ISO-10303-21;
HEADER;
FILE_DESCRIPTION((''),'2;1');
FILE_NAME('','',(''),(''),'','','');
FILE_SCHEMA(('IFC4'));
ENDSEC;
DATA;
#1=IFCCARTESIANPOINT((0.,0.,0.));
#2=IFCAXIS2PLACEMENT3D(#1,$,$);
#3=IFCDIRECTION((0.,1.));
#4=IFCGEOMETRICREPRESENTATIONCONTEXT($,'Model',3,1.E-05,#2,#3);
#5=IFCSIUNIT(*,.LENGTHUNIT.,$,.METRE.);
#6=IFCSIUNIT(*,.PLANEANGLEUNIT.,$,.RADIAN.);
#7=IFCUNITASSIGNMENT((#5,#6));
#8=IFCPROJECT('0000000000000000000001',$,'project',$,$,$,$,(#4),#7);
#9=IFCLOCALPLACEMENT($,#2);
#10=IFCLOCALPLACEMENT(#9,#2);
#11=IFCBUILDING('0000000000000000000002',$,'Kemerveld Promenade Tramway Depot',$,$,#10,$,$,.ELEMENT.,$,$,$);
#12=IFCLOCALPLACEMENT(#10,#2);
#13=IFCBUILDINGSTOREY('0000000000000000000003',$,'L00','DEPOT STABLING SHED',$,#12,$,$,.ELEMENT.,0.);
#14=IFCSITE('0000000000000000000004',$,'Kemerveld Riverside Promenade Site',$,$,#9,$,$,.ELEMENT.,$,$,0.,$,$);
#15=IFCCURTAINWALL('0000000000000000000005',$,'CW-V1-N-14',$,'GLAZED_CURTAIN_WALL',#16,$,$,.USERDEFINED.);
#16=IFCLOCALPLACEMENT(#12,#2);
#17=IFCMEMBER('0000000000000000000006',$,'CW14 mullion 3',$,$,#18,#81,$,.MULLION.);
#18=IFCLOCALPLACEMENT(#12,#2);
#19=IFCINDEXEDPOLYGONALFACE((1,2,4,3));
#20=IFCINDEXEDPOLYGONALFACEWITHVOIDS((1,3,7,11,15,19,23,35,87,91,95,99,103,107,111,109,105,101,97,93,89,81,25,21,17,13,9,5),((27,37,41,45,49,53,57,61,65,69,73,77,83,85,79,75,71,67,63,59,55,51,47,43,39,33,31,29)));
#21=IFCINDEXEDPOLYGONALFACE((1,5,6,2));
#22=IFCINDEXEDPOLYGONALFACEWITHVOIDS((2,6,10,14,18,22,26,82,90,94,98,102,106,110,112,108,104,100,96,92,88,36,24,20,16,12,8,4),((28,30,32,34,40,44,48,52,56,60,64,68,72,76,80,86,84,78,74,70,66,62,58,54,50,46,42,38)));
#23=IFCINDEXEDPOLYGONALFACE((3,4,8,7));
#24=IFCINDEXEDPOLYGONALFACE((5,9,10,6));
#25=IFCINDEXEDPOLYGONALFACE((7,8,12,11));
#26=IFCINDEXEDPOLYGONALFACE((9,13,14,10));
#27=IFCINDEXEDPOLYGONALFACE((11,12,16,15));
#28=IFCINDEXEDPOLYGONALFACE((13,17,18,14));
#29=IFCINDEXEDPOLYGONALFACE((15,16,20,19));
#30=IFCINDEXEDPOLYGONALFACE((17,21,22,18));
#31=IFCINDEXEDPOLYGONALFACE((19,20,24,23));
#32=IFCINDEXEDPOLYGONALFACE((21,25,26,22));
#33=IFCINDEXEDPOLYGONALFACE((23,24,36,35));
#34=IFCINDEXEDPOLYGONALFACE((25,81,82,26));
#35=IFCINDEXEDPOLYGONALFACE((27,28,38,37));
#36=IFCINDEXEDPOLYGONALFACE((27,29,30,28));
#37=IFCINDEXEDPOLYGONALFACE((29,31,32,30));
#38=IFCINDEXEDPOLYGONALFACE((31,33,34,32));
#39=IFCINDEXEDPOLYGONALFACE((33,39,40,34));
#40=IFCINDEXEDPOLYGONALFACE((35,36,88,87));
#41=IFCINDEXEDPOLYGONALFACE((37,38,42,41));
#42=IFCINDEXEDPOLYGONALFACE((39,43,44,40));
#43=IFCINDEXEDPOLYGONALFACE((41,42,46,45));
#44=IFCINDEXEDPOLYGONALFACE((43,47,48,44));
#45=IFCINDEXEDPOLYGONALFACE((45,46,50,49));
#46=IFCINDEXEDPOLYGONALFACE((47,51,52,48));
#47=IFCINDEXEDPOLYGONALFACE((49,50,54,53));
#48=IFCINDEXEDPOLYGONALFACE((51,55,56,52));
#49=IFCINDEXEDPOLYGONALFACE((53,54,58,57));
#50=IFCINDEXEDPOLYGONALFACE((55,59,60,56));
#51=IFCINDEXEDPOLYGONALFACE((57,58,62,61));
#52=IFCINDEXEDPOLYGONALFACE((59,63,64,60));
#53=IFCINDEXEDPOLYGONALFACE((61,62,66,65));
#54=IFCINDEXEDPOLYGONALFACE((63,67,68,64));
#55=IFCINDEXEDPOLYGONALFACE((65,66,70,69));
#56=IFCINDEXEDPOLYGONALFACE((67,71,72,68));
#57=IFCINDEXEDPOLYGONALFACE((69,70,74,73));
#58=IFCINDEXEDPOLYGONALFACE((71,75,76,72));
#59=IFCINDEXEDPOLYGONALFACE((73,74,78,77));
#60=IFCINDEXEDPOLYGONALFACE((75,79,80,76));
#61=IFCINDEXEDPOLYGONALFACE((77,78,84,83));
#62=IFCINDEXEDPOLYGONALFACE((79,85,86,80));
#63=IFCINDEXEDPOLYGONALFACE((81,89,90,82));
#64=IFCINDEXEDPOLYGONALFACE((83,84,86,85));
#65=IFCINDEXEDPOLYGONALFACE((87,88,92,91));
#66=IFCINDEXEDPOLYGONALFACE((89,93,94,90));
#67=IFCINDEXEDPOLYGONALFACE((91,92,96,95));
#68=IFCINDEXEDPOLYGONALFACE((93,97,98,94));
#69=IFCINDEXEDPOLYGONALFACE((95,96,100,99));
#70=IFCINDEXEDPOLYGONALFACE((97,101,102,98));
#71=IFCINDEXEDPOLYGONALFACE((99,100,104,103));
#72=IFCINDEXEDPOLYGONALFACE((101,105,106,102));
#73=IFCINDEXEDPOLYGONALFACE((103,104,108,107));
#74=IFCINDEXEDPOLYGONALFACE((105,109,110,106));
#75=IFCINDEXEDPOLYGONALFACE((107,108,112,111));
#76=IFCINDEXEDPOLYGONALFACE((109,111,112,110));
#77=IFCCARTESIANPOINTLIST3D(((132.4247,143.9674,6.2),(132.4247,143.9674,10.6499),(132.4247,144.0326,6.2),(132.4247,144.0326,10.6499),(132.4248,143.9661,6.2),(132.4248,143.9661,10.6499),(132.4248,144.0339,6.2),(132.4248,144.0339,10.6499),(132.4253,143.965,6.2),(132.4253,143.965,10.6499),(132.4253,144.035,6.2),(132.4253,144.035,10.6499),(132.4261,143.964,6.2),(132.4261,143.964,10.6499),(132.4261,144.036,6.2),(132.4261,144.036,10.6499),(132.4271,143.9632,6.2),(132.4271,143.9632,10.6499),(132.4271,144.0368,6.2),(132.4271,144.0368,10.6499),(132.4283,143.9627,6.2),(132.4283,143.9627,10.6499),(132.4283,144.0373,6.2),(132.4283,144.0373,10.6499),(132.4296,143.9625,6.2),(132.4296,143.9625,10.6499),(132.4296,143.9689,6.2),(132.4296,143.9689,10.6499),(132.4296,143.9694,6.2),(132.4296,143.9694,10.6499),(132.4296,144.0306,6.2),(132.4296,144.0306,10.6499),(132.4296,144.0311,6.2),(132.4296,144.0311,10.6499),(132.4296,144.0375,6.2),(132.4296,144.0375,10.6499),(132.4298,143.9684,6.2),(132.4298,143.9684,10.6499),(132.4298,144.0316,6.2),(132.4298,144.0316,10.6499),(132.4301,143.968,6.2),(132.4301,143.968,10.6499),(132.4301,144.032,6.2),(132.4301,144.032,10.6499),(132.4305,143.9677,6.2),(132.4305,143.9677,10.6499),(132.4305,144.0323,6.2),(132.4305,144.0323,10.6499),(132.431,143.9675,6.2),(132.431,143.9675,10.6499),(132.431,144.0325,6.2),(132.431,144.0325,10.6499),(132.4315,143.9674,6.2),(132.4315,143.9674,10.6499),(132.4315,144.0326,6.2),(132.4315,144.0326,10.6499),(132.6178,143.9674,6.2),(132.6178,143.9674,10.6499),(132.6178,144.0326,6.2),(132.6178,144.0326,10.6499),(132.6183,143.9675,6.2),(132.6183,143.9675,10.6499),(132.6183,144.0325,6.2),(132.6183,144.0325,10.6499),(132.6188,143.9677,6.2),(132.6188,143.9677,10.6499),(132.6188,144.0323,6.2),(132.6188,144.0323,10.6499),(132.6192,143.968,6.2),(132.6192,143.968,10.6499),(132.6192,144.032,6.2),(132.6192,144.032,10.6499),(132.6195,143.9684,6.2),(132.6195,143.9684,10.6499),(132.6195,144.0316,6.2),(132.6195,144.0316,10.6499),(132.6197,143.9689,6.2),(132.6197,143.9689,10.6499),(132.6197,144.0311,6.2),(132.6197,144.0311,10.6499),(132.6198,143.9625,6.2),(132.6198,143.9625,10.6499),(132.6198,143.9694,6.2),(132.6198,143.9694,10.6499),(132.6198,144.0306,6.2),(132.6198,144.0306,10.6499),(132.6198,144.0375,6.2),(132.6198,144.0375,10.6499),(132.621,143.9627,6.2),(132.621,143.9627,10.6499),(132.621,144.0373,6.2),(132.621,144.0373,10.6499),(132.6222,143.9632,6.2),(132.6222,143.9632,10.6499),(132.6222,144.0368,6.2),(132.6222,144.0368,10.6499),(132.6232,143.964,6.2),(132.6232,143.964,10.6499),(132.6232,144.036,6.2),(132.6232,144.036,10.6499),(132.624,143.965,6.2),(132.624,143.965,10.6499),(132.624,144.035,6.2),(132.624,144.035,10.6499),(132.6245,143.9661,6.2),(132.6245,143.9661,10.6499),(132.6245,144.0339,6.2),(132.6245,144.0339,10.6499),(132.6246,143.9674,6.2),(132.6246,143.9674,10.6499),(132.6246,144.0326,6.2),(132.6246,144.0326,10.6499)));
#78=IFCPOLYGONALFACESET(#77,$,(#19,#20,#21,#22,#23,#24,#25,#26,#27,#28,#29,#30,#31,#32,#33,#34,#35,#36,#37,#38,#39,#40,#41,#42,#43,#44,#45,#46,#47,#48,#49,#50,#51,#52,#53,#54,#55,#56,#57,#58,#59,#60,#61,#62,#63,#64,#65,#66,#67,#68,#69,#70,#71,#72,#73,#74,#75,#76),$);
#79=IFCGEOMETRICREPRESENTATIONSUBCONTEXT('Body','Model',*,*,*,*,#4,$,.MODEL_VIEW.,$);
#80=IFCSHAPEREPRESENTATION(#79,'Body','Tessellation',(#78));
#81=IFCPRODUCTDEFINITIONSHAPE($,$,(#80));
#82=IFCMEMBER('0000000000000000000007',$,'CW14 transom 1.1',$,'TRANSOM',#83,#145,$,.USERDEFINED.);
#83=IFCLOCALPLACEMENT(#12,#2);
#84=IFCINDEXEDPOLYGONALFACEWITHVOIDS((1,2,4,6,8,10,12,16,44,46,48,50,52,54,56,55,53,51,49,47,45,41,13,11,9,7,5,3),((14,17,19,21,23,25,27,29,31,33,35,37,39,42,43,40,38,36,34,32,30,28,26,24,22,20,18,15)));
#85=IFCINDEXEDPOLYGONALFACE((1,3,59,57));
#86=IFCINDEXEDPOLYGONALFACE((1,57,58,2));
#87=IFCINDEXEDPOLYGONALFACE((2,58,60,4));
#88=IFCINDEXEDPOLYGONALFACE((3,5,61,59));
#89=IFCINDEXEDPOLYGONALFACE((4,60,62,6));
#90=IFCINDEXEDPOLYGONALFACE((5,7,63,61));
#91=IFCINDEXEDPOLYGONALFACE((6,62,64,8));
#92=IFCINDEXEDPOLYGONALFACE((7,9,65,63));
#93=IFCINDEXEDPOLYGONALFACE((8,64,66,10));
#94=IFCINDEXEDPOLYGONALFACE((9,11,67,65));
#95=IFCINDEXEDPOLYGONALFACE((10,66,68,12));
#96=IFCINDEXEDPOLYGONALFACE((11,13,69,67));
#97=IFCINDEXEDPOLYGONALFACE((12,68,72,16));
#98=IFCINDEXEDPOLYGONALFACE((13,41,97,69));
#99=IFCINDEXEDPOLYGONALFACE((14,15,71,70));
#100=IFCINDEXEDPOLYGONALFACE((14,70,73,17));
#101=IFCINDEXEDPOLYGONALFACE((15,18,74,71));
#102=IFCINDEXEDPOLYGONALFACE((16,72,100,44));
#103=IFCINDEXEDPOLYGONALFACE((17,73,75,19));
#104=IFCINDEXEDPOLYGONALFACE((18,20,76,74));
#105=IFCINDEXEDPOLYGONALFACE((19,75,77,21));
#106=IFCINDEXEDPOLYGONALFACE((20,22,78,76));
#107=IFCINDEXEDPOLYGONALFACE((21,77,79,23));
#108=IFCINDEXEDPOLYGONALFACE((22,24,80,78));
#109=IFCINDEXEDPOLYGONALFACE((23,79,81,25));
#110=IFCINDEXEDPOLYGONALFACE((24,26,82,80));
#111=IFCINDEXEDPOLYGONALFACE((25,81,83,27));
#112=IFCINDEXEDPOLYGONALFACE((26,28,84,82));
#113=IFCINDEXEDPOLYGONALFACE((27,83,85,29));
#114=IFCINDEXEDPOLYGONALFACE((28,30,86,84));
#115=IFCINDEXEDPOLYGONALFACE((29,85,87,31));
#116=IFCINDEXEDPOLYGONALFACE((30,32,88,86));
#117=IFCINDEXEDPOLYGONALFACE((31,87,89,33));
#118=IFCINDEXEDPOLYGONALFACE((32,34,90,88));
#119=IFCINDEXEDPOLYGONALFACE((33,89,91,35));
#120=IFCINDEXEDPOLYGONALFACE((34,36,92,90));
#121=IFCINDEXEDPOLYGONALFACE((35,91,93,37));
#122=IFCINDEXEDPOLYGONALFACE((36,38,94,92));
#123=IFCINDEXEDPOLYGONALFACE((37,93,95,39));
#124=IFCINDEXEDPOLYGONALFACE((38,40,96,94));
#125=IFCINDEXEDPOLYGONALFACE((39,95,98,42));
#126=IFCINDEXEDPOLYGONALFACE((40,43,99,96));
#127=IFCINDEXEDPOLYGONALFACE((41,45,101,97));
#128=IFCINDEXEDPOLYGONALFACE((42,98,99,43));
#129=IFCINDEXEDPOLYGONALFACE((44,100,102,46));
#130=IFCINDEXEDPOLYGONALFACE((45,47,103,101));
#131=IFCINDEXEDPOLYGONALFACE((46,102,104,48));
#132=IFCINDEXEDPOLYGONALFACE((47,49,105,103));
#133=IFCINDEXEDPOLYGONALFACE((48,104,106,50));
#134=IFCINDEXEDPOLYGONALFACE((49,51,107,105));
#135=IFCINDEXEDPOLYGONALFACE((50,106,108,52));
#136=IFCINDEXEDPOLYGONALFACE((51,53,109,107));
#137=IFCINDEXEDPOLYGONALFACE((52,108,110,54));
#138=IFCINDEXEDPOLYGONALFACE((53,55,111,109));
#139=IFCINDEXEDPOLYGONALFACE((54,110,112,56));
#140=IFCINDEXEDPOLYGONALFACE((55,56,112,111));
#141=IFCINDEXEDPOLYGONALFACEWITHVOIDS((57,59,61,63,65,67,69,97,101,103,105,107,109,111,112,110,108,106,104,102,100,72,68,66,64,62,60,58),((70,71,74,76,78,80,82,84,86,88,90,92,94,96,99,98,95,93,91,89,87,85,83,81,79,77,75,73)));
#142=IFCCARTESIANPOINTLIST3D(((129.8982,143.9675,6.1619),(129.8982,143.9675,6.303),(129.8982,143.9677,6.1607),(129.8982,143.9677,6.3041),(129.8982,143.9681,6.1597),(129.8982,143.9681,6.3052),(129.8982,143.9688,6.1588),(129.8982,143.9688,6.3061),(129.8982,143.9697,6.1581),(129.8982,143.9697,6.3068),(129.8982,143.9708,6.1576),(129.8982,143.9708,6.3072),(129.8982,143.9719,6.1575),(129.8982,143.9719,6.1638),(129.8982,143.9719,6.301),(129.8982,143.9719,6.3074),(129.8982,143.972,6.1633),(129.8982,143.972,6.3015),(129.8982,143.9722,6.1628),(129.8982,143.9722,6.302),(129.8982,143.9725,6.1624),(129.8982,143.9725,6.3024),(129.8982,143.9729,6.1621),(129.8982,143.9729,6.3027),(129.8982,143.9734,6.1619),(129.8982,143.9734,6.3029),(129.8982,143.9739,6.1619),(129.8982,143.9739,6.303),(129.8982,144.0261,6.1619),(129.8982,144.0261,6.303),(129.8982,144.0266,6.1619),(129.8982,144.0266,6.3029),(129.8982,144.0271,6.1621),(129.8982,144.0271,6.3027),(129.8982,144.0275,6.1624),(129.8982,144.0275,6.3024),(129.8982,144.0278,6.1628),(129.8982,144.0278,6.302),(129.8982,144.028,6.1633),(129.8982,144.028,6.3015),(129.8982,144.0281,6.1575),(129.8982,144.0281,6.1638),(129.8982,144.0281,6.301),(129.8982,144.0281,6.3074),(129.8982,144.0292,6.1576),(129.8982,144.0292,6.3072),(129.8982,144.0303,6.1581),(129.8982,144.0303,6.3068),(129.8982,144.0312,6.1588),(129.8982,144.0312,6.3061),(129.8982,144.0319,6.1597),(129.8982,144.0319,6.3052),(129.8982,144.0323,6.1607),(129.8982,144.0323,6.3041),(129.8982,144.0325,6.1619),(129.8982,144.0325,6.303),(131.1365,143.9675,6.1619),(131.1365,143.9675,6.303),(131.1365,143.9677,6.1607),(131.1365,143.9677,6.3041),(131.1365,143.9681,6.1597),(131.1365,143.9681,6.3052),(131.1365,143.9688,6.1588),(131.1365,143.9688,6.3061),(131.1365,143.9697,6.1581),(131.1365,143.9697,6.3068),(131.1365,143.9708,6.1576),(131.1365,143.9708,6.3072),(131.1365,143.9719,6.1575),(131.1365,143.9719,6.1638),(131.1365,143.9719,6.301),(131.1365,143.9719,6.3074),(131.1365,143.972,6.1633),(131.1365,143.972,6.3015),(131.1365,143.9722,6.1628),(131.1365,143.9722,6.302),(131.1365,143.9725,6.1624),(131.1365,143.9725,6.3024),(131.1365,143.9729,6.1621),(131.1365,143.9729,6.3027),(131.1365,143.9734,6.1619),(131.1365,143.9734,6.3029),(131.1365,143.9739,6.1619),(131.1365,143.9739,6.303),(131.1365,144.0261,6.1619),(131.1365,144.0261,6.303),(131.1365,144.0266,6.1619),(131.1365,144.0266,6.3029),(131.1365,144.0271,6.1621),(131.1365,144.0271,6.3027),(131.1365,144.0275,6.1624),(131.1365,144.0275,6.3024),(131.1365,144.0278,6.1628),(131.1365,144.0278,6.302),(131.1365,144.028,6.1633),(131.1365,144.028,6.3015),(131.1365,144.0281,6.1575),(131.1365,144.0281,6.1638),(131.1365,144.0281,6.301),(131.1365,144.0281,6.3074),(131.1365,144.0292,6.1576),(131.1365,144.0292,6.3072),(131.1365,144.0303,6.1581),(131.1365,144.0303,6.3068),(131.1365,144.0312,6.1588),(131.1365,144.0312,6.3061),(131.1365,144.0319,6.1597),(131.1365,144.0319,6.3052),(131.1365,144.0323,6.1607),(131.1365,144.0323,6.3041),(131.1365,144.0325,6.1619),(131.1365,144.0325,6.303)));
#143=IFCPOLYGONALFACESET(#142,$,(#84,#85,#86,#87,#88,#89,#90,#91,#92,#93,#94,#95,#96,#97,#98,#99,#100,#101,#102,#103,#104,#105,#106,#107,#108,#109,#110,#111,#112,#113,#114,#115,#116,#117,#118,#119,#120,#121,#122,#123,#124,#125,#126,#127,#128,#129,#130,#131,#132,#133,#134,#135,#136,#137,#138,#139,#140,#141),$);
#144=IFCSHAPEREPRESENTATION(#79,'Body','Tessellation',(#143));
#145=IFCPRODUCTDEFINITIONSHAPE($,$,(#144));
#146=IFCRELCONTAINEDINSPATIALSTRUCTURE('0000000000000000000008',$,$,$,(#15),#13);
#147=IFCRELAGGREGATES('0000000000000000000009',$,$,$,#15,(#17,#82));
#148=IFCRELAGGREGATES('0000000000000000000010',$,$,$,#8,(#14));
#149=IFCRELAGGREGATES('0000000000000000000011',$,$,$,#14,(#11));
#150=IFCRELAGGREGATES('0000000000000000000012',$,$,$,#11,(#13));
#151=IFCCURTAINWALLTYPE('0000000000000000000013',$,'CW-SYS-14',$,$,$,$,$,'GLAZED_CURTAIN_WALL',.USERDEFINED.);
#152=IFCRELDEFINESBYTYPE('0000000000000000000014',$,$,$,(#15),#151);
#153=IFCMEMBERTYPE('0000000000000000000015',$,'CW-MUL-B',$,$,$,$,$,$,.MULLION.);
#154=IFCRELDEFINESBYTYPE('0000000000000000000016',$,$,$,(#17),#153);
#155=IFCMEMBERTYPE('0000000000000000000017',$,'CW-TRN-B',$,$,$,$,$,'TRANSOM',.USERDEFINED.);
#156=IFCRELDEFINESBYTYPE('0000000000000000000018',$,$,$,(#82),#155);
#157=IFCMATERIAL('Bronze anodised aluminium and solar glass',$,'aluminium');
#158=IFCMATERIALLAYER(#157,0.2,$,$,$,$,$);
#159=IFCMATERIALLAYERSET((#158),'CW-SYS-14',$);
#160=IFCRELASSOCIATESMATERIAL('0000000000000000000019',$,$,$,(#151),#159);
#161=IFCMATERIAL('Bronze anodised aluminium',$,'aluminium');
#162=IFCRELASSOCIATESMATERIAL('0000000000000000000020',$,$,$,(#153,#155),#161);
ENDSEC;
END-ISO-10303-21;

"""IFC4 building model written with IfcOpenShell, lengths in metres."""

from ifc_helpers import new_model, si_unit, direction, frame, origin, origin_2d, place, context, subcontext, project, spatial, hollow_rectangle, extrude, material, layer, layer_set, material_profile, profile_set, type_object, element, aggregate, save


model = new_model("IFC4")

# Units and contexts
model_context = context("Model", 3, precision=1e-05, world=origin(), true_north=direction((0.0, 1.0)))
body_context = subcontext(model_context, "Body", "Model", "MODEL_VIEW")
ifc_project = project(units=[si_unit("LENGTHUNIT", "METRE"), si_unit("PLANEANGLEUNIT", "RADIAN")], contexts=[model_context])

# Site, building, storey
site_placement = place(None, origin())
site = spatial("IfcSite", under=ifc_project, at=site_placement, Name="Kemerveld Riverside Promenade Site", CompositionType="ELEMENT", RefElevation=0.0)
building_placement = place(site_placement, origin())
building = spatial("IfcBuilding", under=site, at=building_placement, Name="Kemerveld Promenade Tramway Depot", CompositionType="ELEMENT")
storey_placement = place(building_placement, origin())
storey = spatial("IfcBuildingStorey", under=building, at=storey_placement, Name="L00", Description="DEPOT STABLING SHED", CompositionType="ELEMENT", Elevation=0.0)

# Curtain wall, members
ifc_material_1 = material(Name="Bronze anodised aluminium and solar glass", Category="aluminium")
ifc_layer_1 = layer(ifc_material_1, 0.2)
ifc_layer_set_1 = layer_set([ifc_layer_1], Name="CW-SYS-14")
curtain_wall_type = type_object("IfcCurtainWallType", Name="CW-SYS-14", ElementType="GLAZED_CURTAIN_WALL", PredefinedType="USERDEFINED", material=ifc_layer_set_1)
curtain_wall_placement = place(storey_placement, origin())
curtain_wall = element("IfcCurtainWall", 1, at=curtain_wall_placement, inside=storey, type_object=curtain_wall_type, Name="CW-V1-N-14", ObjectType="GLAZED_CURTAIN_WALL", PredefinedType="USERDEFINED")
ifc_material_2 = material(Name="Bronze anodised aluminium", Category="aluminium")
ifc_material_profile_1 = material_profile(ifc_material_2, hollow_rectangle(XDim=0.075, YDim=0.2, WallThickness=0.0049, InnerFilletRadius=0.002, OuterFilletRadius=0.0049, at=origin_2d()), Name="CW-MUL-200x75")
ifc_profile_set_1 = profile_set([ifc_material_profile_1], Name="Bronze anodised aluminium")
member_type_1 = type_object("IfcMemberType", Name="CW-MUL-B", PredefinedType="MULLION", material=ifc_profile_set_1)
member_1_placement = place(storey_placement, frame((132.5247, 144.0, 6.2), z_axis=(0.0, 0.0, 1.0), x_axis=(0.0, 1.0, 0.0)))
member_1 = element("IfcMember", 2, at=member_1_placement, type_object=member_type_1, Name="CW14 mullion 3", PredefinedType="MULLION", context=body_context, shape_type="SweptSolid", body=[
    extrude(hollow_rectangle(XDim=0.075, YDim=0.2, WallThickness=0.0049, InnerFilletRadius=0.002, OuterFilletRadius=0.0049, at=origin_2d()), origin(), (0.0, 0.0, 1.0), 4.45),
])
ifc_material_profile_2 = material_profile(ifc_material_2, hollow_rectangle(XDim=0.0649, YDim=0.1499, WallThickness=0.0044, InnerFilletRadius=0.002, OuterFilletRadius=0.0044, at=origin_2d()), Name="CW-TRN-150x65")
ifc_profile_set_2 = profile_set([ifc_material_profile_2], Name="Bronze anodised aluminium")
member_type_2 = type_object("IfcMemberType", Name="CW-TRN-B", ElementType="TRANSOM", PredefinedType="USERDEFINED", material=ifc_profile_set_2)
member_2_placement = place(storey_placement, frame((129.8982, 144.0, 6.2324), z_axis=(1.0, 0.0, 0.0), x_axis=(0.0, 1.0, 0.0)))
member_2 = element("IfcMember", 3, at=member_2_placement, type_object=member_type_2, Name="CW14 transom 1.1", ObjectType="TRANSOM", PredefinedType="USERDEFINED", context=body_context, shape_type="SweptSolid", body=[
    extrude(hollow_rectangle(XDim=0.0649, YDim=0.1499, WallThickness=0.0044, InnerFilletRadius=0.002, OuterFilletRadius=0.0044, at=origin_2d()), origin(), (0.0, 0.0, 1.0), 1.2383),
])

aggregate(curtain_wall, [member_1, member_2])

save(model, "model.ifc")
